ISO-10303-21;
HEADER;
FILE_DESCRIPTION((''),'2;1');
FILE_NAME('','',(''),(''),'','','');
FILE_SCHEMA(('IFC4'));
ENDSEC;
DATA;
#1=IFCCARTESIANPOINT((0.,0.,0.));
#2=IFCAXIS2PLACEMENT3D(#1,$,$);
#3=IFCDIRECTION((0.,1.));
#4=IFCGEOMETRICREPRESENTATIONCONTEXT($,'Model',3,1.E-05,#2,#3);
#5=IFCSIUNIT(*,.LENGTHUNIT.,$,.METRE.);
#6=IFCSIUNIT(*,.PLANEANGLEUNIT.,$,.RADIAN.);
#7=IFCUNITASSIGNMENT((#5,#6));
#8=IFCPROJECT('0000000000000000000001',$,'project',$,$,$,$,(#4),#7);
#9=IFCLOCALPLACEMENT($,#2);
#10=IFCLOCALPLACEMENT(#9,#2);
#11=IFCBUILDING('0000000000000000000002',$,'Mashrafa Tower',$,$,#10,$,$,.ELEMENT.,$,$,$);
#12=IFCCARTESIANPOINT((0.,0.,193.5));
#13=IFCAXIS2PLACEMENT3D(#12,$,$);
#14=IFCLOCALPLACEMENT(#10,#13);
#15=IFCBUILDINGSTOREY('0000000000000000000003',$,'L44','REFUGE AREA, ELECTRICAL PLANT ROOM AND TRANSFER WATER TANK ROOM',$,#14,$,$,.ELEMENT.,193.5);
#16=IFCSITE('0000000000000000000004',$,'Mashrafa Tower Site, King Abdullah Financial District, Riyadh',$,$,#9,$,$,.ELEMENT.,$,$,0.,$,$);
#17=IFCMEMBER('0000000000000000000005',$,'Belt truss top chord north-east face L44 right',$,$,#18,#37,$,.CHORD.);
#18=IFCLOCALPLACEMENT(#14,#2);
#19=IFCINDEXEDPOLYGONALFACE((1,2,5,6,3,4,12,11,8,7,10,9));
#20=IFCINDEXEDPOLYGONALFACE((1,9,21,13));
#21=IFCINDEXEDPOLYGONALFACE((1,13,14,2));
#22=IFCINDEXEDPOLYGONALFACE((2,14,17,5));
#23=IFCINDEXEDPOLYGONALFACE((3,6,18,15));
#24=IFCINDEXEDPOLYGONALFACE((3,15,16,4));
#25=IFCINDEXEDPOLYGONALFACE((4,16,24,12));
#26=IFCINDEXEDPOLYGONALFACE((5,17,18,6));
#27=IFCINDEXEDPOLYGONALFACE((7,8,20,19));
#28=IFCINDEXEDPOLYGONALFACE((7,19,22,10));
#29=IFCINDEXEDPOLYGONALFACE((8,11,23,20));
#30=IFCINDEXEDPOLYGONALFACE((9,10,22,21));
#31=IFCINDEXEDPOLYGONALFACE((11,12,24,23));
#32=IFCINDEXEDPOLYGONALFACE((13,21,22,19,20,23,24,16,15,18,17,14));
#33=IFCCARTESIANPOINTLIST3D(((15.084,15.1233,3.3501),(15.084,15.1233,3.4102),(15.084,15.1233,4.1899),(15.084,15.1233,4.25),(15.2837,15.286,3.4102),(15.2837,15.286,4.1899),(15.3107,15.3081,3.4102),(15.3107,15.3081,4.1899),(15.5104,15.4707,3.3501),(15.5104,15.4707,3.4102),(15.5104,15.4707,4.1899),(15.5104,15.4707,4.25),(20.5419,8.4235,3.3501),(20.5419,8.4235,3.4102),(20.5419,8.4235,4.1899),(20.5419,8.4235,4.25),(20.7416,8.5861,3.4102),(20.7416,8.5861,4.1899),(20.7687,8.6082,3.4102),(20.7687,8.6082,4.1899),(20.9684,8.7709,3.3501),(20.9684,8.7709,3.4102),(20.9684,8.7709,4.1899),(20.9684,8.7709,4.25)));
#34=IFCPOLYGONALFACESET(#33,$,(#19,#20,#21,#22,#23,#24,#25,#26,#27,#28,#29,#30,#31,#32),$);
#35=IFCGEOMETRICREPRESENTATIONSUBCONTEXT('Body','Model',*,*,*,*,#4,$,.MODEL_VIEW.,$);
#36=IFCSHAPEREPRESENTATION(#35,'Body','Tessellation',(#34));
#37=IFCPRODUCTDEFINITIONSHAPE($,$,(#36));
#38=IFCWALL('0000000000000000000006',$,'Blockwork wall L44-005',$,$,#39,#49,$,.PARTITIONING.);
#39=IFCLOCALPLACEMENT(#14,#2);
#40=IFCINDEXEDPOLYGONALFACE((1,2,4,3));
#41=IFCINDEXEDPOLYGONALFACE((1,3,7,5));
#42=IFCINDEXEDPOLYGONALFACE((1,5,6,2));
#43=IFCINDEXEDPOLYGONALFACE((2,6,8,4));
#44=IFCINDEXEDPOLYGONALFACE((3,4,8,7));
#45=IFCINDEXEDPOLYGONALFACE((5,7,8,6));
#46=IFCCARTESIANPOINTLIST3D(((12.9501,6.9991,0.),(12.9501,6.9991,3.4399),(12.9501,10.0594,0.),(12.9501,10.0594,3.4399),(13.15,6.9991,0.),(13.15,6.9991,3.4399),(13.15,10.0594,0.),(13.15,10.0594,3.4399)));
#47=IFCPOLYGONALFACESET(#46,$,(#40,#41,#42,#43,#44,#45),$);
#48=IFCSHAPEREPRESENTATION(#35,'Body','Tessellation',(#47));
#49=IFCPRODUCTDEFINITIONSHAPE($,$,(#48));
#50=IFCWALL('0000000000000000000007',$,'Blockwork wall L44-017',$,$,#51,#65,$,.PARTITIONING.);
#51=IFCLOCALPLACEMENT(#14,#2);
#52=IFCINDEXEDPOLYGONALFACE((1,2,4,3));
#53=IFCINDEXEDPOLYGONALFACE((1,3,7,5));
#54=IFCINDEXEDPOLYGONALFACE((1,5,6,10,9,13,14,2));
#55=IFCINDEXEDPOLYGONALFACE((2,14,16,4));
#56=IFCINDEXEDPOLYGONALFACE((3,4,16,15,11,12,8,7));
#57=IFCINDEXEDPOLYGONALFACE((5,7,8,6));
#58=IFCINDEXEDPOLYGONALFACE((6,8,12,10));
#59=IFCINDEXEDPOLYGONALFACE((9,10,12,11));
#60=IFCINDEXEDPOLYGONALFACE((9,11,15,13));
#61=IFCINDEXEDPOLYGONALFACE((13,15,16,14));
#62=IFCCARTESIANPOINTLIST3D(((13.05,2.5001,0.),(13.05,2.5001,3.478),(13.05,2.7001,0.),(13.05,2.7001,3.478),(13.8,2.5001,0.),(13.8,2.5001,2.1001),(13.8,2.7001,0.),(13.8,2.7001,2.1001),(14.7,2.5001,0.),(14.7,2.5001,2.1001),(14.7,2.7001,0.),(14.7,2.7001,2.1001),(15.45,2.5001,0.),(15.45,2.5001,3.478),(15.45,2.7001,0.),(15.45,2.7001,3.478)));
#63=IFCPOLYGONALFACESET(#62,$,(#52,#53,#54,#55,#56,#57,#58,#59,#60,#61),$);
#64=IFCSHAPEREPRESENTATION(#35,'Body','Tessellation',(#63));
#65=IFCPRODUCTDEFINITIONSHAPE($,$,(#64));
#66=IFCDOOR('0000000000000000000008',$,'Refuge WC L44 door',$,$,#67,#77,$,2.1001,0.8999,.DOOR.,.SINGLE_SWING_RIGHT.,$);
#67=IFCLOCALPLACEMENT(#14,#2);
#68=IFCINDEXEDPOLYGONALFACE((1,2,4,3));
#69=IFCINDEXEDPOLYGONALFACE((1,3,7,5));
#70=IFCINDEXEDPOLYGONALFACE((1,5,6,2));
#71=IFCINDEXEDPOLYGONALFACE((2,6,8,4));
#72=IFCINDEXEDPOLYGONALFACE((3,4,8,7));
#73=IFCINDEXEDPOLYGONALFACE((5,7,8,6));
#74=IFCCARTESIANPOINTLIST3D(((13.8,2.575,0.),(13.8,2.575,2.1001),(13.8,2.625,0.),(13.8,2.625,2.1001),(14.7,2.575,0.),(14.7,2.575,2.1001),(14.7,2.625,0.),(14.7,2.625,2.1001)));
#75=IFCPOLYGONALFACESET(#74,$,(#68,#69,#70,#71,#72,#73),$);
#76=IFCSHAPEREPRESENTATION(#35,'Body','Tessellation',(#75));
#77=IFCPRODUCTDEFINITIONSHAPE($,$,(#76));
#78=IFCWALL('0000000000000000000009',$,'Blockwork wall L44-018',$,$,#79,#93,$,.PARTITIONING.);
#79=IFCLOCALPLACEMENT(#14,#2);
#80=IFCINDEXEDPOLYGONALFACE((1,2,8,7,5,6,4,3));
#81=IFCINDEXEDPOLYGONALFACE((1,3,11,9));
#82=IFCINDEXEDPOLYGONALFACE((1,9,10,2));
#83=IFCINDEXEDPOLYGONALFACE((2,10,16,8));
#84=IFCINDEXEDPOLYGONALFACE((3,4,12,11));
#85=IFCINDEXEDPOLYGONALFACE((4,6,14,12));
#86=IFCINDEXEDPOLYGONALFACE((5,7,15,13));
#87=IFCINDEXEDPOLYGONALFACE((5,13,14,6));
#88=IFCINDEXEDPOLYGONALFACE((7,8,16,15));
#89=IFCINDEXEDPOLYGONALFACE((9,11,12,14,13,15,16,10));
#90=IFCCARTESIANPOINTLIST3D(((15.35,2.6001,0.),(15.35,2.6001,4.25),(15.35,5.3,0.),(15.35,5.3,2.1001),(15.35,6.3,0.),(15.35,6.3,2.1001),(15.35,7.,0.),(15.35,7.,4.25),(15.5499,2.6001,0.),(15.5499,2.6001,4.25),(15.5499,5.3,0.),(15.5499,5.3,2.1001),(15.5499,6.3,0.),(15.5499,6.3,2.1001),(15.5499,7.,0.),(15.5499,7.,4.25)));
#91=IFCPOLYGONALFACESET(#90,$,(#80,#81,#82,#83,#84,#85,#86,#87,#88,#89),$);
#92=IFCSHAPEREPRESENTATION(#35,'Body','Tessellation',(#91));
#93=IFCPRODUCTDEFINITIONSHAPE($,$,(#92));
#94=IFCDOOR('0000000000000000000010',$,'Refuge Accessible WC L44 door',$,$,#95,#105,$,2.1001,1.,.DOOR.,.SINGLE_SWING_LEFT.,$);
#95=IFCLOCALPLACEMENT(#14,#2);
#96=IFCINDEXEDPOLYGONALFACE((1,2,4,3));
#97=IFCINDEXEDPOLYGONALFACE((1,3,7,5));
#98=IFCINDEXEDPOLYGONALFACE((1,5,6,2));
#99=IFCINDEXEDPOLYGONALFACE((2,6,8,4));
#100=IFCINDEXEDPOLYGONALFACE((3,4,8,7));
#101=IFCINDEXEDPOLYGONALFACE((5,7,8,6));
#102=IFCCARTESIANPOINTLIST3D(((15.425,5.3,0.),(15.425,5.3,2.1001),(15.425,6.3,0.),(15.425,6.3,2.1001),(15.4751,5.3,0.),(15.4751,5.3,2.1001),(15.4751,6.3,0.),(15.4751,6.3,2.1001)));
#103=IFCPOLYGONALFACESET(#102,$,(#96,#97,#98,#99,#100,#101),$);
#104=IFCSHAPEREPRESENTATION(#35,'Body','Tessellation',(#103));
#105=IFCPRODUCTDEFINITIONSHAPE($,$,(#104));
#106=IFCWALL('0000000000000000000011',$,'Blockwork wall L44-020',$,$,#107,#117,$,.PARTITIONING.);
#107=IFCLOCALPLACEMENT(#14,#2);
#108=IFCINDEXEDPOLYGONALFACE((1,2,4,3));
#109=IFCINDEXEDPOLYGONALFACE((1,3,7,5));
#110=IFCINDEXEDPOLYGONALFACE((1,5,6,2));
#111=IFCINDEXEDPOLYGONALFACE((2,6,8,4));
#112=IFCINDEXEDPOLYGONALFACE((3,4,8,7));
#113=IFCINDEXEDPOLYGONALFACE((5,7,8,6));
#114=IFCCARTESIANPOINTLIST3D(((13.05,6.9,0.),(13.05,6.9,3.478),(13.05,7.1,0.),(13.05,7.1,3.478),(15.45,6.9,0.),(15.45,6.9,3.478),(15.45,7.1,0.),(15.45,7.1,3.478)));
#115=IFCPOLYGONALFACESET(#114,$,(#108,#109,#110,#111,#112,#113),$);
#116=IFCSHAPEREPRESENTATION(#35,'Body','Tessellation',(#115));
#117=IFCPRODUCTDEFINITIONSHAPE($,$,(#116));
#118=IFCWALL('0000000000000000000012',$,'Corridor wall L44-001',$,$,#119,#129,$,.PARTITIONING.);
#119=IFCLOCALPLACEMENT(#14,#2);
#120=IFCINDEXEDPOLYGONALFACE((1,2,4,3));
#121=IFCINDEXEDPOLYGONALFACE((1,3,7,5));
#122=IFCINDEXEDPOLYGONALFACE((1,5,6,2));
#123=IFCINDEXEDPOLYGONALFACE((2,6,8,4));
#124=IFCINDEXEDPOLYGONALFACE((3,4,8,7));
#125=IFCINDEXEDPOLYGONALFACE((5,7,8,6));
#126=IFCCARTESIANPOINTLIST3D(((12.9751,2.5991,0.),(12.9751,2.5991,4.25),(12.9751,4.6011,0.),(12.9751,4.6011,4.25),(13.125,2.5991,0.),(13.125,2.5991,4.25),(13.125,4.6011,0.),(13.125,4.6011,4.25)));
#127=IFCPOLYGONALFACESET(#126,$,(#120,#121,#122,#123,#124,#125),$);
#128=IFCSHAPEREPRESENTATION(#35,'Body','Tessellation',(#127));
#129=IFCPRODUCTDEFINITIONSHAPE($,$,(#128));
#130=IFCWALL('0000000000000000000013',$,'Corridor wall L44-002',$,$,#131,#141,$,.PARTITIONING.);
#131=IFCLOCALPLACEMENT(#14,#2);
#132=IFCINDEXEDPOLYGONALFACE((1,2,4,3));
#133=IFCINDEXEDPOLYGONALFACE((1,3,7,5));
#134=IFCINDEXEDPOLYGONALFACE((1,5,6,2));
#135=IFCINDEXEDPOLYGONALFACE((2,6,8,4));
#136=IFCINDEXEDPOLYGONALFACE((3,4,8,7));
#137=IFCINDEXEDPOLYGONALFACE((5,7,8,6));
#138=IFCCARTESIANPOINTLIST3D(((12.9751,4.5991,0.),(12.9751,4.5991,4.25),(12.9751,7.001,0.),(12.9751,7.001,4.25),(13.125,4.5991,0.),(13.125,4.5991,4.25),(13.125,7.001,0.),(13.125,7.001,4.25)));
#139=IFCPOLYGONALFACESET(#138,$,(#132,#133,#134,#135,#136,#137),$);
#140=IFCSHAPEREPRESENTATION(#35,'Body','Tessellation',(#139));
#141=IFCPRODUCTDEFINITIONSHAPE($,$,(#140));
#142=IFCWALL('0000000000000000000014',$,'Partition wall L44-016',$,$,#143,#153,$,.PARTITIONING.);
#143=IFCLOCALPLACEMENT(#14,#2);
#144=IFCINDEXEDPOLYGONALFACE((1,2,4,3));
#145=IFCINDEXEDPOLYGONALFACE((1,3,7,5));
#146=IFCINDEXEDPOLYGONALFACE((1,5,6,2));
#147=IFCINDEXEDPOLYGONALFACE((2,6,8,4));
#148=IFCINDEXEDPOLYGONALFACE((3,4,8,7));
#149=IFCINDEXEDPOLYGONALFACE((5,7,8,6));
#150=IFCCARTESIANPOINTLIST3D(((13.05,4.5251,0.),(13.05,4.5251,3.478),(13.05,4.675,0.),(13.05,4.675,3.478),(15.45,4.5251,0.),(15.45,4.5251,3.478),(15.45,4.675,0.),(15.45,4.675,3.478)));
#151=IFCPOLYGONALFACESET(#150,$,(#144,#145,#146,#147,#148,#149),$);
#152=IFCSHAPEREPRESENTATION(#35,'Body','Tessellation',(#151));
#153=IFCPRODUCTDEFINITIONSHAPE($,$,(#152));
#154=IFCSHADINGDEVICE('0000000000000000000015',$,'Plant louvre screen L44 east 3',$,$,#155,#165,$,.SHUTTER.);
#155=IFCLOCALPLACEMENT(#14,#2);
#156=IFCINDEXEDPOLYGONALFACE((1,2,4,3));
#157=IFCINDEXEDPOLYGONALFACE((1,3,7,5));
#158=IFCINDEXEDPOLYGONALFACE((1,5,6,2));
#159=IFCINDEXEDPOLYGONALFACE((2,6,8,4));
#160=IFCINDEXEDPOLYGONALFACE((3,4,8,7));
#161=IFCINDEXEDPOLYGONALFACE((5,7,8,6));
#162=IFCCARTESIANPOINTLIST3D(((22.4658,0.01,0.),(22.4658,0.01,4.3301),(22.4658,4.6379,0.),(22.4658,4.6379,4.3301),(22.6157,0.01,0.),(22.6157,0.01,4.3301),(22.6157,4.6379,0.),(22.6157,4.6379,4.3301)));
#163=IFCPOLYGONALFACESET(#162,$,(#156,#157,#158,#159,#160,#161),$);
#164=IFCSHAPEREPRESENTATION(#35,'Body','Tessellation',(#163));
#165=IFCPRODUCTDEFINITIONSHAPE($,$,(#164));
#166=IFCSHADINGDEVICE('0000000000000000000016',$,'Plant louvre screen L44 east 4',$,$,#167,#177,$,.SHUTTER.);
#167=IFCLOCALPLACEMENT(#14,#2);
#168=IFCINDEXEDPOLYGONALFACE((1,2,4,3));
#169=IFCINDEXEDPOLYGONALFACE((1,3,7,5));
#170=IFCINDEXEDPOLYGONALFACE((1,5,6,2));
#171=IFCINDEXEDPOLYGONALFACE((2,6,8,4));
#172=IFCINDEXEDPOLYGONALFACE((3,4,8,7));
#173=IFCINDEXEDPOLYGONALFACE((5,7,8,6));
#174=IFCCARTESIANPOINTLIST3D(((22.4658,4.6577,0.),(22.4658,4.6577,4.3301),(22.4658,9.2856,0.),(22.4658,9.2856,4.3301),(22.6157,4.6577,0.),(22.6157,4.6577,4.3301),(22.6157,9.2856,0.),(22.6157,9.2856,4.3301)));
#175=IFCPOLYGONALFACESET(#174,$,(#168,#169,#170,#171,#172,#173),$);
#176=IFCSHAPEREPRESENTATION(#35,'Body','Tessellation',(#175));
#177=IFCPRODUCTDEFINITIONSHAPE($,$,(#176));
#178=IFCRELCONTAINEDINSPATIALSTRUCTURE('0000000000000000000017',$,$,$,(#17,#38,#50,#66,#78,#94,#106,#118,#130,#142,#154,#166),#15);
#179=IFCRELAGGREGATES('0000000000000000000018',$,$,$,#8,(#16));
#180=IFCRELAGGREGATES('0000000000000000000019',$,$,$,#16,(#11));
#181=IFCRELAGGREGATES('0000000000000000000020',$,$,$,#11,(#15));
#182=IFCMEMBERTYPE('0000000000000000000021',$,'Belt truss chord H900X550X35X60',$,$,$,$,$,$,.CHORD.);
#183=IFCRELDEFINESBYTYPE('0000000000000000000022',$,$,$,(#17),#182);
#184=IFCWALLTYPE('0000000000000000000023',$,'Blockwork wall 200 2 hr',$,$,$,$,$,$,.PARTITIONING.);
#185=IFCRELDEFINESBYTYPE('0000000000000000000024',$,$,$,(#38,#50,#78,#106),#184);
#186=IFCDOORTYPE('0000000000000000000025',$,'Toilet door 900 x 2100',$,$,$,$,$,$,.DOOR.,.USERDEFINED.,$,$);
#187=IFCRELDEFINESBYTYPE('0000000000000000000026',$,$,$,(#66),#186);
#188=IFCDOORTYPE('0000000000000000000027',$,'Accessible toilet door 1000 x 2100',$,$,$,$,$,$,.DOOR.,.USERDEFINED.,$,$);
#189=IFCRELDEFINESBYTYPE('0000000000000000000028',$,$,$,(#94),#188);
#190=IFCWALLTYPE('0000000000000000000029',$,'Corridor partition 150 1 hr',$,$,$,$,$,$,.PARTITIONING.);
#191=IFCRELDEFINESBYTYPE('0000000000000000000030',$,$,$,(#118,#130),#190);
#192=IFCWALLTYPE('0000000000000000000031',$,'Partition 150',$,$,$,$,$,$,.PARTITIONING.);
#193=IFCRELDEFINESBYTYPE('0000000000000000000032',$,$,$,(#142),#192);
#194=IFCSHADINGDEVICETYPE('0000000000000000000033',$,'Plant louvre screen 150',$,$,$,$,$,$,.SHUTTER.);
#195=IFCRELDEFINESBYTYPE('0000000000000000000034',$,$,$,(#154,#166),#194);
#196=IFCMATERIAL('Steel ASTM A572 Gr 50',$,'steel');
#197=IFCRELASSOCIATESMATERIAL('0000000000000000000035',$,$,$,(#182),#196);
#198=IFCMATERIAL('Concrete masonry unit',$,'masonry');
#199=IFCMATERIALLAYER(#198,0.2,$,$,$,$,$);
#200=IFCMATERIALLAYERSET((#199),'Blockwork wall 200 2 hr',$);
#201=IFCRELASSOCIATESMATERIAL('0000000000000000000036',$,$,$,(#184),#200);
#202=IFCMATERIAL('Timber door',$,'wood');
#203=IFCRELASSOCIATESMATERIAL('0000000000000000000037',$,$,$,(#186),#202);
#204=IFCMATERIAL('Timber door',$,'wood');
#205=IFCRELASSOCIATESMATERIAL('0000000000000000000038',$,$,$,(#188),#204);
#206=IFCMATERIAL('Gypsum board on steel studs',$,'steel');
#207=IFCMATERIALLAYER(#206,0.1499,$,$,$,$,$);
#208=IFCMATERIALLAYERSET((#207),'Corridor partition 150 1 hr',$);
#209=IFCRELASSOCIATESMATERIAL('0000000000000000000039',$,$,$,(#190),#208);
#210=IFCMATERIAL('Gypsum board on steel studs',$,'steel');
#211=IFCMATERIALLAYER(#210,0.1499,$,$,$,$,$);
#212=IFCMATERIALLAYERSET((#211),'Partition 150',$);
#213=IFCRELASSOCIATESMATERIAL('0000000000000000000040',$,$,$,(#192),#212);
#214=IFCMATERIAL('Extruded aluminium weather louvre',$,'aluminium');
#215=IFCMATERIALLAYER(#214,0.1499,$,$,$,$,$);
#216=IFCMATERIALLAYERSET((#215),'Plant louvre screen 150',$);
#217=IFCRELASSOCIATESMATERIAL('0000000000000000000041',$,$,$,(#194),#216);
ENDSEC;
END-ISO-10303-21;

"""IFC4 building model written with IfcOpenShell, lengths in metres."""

from ifc_helpers import new_model, si_unit, direction, frame, frame_2d, origin, origin_2d, place, context, subcontext, project, spatial, rectangle, i_section, extrude, source, transform, mapped, material, layer, layer_set, material_profile, profile_set, type_object, type_shapes, element, fill, save


model = new_model("IFC4")

# Units and contexts
model_context = context("Model", 3, precision=1e-05, world=origin(), true_north=direction((0.0, 1.0)))
body_context = subcontext(model_context, "Body", "Model", "MODEL_VIEW")
ifc_project = project(units=[si_unit("LENGTHUNIT", "METRE"), si_unit("PLANEANGLEUNIT", "RADIAN")], contexts=[model_context])

# Site, building, storey
site_placement = place(None, origin())
site = spatial("IfcSite", under=ifc_project, at=site_placement, Name="Mashrafa Tower Site, King Abdullah Financial District, Riyadh", CompositionType="ELEMENT", RefElevation=0.0)
building_placement = place(site_placement, origin())
building = spatial("IfcBuilding", under=site, at=building_placement, Name="Mashrafa Tower", CompositionType="ELEMENT")
storey_placement = place(building_placement, frame((0.0, 0.0, 193.5)))
storey = spatial("IfcBuildingStorey", under=building, at=storey_placement, Name="L44", Description="REFUGE AREA, ELECTRICAL PLANT ROOM AND TRANSFER WATER TANK ROOM", CompositionType="ELEMENT", Elevation=193.5)

# Member
ifc_material_1 = material(Name="Steel ASTM A572 Gr 50", Category="steel")
ifc_material_profile_1 = material_profile(ifc_material_1, i_section(OverallWidth=0.55, OverallDepth=0.8999, WebThickness=0.0349, FlangeThickness=0.0601, at=origin_2d()), Name="H900X550X35X60")
ifc_profile_set_1 = profile_set([ifc_material_profile_1], Name="Steel ASTM A572 Gr 50")
member_type_1 = type_object("IfcMemberType", Name="Belt truss chord H900X550X35X60", PredefinedType="CHORD", material=ifc_profile_set_1)
shared_shape_1 = source(origin(), body_context, "Body", "SweptSolid", [
    extrude(i_section(OverallWidth=0.55, OverallDepth=0.8999, WebThickness=0.0349, FlangeThickness=0.0601, at=origin_2d()), origin(), (0.0, 0.0, 1.0), 8.6416),
])
member_1_placement = place(storey_placement, frame((20.7551, 8.5972, 3.8), z_axis=(-0.631589, 0.775304, 0.0), x_axis=(-0.775304, -0.631589, 0.0)))
element("IfcMember", 1, at=member_1_placement, inside=storey, type_object=member_type_1, Name="Belt truss top chord north-east face L44 right", PredefinedType="CHORD", context=body_context, shape_type="MappedRepresentation", body=[
    mapped(shared_shape_1, transform((0.0, 0.0, 0.0))),
])

# Wall
ifc_material_2 = material(Name="Concrete masonry unit", Category="masonry")
ifc_layer_1 = layer(ifc_material_2, 0.2)
ifc_layer_set_1 = layer_set([ifc_layer_1], Name="Blockwork wall 200 2 hr")
wall_type_1 = type_object("IfcWallType", Name="Blockwork wall 200 2 hr", PredefinedType="PARTITIONING", material=ifc_layer_set_1)
wall_1_placement = place(storey_placement, frame((13.05, 6.999, 0.0), z_axis=(0.0, 0.0, 1.0), x_axis=(0.0, 1.0, 0.0)))
element("IfcWall", 2, at=wall_1_placement, inside=storey, type_object=wall_type_1, Name="Blockwork wall L44-005", PredefinedType="PARTITIONING", context=body_context, shape_type="SweptSolid", body=[
    extrude(rectangle(XDim=3.0603, YDim=0.2, at=frame_2d((1.5303, 0.0))), origin(), (0.0, 0.0, 1.0), 3.4399),
])

# Walls, openings, doors
wall_2_placement = place(storey_placement, frame((13.05, 2.6001, 0.0), z_axis=(0.0, 0.0, 1.0), x_axis=(1.0, 0.0, 0.0)))
wall_2 = element("IfcWall", 3, at=wall_2_placement, inside=storey, type_object=wall_type_1, Name="Blockwork wall L44-017", PredefinedType="PARTITIONING", context=body_context, shape_type="SweptSolid", body=[
    extrude(rectangle(XDim=2.3999, YDim=0.2, at=frame_2d((1.2, 0.0))), origin(), (0.0, 0.0, 1.0), 3.478),
])
opening_1_placement = place(wall_2_placement, frame((0.75, 0.0, 0.0)))
opening_1 = element("IfcOpeningElement", 4, at=opening_1_placement, cuts=wall_2, PredefinedType="OPENING", context=body_context, shape_type="SweptSolid", body=[
    extrude(rectangle(XDim=0.8999, YDim=2.1001, at=frame_2d((0.45, 1.05))), frame((0.0, 0.1099, 0.0), z_axis=(0.0, -1.0, 0.0), x_axis=(1.0, 0.0, 0.0)), (0.0, 0.0, 1.0), 0.22),
])
ifc_material_3 = material(Name="Timber door", Category="wood")
door_type_1 = type_object("IfcDoorType", Name="Toilet door 900 x 2100", OperationType="USERDEFINED", PredefinedType="DOOR", material=ifc_material_3)
door_1_placement = place(opening_1_placement, origin())
door_1 = element("IfcDoor", 5, at=door_1_placement, inside=storey, type_object=door_type_1, Name="Refuge WC L44 door", OperationType="SINGLE_SWING_RIGHT", OverallHeight=2.1001, OverallWidth=0.8999, PredefinedType="DOOR", context=body_context, shape_type="SweptSolid", body=[
    extrude(rectangle(XDim=0.8999, YDim=2.1001, at=frame_2d((0.45, 1.05))), frame((0.0, 0.0249, 0.0), z_axis=(0.0, -1.0, 0.0), x_axis=(1.0, 0.0, 0.0)), (0.0, 0.0, 1.0), 0.05),
])
fill(opening_1, door_1)
wall_3_placement = place(storey_placement, frame((15.45, 2.6001, 0.0), z_axis=(0.0, 0.0, 1.0), x_axis=(0.0, 1.0, 0.0)))
wall_3 = element("IfcWall", 6, at=wall_3_placement, inside=storey, type_object=wall_type_1, Name="Blockwork wall L44-018", PredefinedType="PARTITIONING", context=body_context, shape_type="SweptSolid", body=[
    extrude(rectangle(XDim=4.3999, YDim=0.2, at=frame_2d((2.2, 0.0))), origin(), (0.0, 0.0, 1.0), 4.25),
])
opening_2_placement = place(wall_3_placement, frame((2.7, 0.0, 0.0)))
opening_2 = element("IfcOpeningElement", 7, at=opening_2_placement, cuts=wall_3, PredefinedType="OPENING", context=body_context, shape_type="SweptSolid", body=[
    extrude(rectangle(XDim=1.0, YDim=2.1001, at=frame_2d((0.5, 1.05))), frame((0.0, 0.1099, 0.0), z_axis=(0.0, -1.0, 0.0), x_axis=(1.0, 0.0, 0.0)), (0.0, 0.0, 1.0), 0.22),
])
ifc_material_4 = material(Name="Timber door", Category="wood")
door_type_2 = type_object("IfcDoorType", Name="Accessible toilet door 1000 x 2100", OperationType="USERDEFINED", PredefinedType="DOOR", material=ifc_material_4)
door_2_placement = place(opening_2_placement, origin())
door_2 = element("IfcDoor", 8, at=door_2_placement, inside=storey, type_object=door_type_2, Name="Refuge Accessible WC L44 door", OperationType="SINGLE_SWING_LEFT", OverallHeight=2.1001, OverallWidth=1.0, PredefinedType="DOOR", context=body_context, shape_type="SweptSolid", body=[
    extrude(rectangle(XDim=1.0, YDim=2.1001, at=frame_2d((0.5, 1.05))), frame((0.0, 0.0249, 0.0), z_axis=(0.0, -1.0, 0.0), x_axis=(1.0, 0.0, 0.0)), (0.0, 0.0, 1.0), 0.05),
])
fill(opening_2, door_2)

# Walls
wall_4_placement = place(storey_placement, frame((15.45, 7.0, 0.0), z_axis=(0.0, 0.0, 1.0), x_axis=(-1.0, 0.0, 0.0)))
element("IfcWall", 9, at=wall_4_placement, inside=storey, type_object=wall_type_1, Name="Blockwork wall L44-020", PredefinedType="PARTITIONING", context=body_context, shape_type="SweptSolid", body=[
    extrude(rectangle(XDim=2.3999, YDim=0.2, at=frame_2d((1.2, 0.0))), origin(), (0.0, 0.0, 1.0), 3.478),
])
ifc_material_5 = material(Name="Gypsum board on steel studs", Category="steel")
ifc_layer_2 = layer(ifc_material_5, 0.1499)
ifc_layer_set_2 = layer_set([ifc_layer_2], Name="Corridor partition 150 1 hr")
wall_type_2 = type_object("IfcWallType", Name="Corridor partition 150 1 hr", PredefinedType="PARTITIONING", material=ifc_layer_set_2)
wall_5_placement = place(storey_placement, frame((13.05, 2.5991, 0.0), z_axis=(0.0, 0.0, 1.0), x_axis=(0.0, 1.0, 0.0)))
element("IfcWall", 10, at=wall_5_placement, inside=storey, type_object=wall_type_2, Name="Corridor wall L44-001", PredefinedType="PARTITIONING", context=body_context, shape_type="SweptSolid", body=[
    extrude(rectangle(XDim=2.002, YDim=0.1499, at=frame_2d((1.001, 0.0))), origin(), (0.0, 0.0, 1.0), 4.25),
])
wall_6_placement = place(storey_placement, frame((13.05, 4.5991, 0.0), z_axis=(0.0, 0.0, 1.0), x_axis=(0.0, 1.0, 0.0)))
element("IfcWall", 11, at=wall_6_placement, inside=storey, type_object=wall_type_2, Name="Corridor wall L44-002", PredefinedType="PARTITIONING", context=body_context, shape_type="SweptSolid", body=[
    extrude(rectangle(XDim=2.4019, YDim=0.1499, at=frame_2d((1.2009, 0.0))), origin(), (0.0, 0.0, 1.0), 4.25),
])
ifc_material_6 = material(Name="Gypsum board on steel studs", Category="steel")
ifc_layer_3 = layer(ifc_material_6, 0.1499)
ifc_layer_set_3 = layer_set([ifc_layer_3], Name="Partition 150")
wall_type_3 = type_object("IfcWallType", Name="Partition 150", PredefinedType="PARTITIONING", material=ifc_layer_set_3)
wall_7_placement = place(storey_placement, frame((15.45, 4.6001, 0.0), z_axis=(0.0, 0.0, 1.0), x_axis=(-1.0, 0.0, 0.0)))
element("IfcWall", 12, at=wall_7_placement, inside=storey, type_object=wall_type_3, Name="Partition wall L44-016", PredefinedType="PARTITIONING", context=body_context, shape_type="SweptSolid", body=[
    extrude(rectangle(XDim=2.3999, YDim=0.1499, at=frame_2d((1.2, 0.0))), origin(), (0.0, 0.0, 1.0), 3.478),
])

# Shading devices
ifc_material_7 = material(Name="Extruded aluminium weather louvre", Category="aluminium")
ifc_layer_4 = layer(ifc_material_7, 0.1499)
ifc_layer_set_4 = layer_set([ifc_layer_4], Name="Plant louvre screen 150")
shading_device_type = type_object("IfcShadingDeviceType", Name="Plant louvre screen 150", PredefinedType="SHUTTER", material=ifc_layer_set_4)
shared_shape_2 = source(origin(), body_context, "Body", "SweptSolid", [
    extrude(rectangle(XDim=4.6279, YDim=0.1499, at=origin_2d()), origin(), (0.0, 0.0, 1.0), 4.3301),
])
type_shapes(shading_device_type, [shared_shape_2])
for number, where, z_axis, x_axis, name in (
    (13, (22.5408, 2.324, 0.0), (0.0, 0.0, 1.0), (0.0, 1.0, 0.0), "Plant louvre screen L44 east 3"),
    (14, (22.5408, 6.9717, 0.0), (0.0, 0.0, 1.0), (0.0, 1.0, 0.0), "Plant louvre screen L44 east 4"),
):
    element("IfcShadingDevice", number, at=place(storey_placement, frame(where, z_axis=z_axis, x_axis=x_axis)), inside=storey, type_object=shading_device_type, Name=name, PredefinedType="SHUTTER", context=body_context, shape_type="MappedRepresentation", body=[
        mapped(shared_shape_2, transform((0.0, 0.0, 0.0))),
    ])

save(model, "model.ifc")
